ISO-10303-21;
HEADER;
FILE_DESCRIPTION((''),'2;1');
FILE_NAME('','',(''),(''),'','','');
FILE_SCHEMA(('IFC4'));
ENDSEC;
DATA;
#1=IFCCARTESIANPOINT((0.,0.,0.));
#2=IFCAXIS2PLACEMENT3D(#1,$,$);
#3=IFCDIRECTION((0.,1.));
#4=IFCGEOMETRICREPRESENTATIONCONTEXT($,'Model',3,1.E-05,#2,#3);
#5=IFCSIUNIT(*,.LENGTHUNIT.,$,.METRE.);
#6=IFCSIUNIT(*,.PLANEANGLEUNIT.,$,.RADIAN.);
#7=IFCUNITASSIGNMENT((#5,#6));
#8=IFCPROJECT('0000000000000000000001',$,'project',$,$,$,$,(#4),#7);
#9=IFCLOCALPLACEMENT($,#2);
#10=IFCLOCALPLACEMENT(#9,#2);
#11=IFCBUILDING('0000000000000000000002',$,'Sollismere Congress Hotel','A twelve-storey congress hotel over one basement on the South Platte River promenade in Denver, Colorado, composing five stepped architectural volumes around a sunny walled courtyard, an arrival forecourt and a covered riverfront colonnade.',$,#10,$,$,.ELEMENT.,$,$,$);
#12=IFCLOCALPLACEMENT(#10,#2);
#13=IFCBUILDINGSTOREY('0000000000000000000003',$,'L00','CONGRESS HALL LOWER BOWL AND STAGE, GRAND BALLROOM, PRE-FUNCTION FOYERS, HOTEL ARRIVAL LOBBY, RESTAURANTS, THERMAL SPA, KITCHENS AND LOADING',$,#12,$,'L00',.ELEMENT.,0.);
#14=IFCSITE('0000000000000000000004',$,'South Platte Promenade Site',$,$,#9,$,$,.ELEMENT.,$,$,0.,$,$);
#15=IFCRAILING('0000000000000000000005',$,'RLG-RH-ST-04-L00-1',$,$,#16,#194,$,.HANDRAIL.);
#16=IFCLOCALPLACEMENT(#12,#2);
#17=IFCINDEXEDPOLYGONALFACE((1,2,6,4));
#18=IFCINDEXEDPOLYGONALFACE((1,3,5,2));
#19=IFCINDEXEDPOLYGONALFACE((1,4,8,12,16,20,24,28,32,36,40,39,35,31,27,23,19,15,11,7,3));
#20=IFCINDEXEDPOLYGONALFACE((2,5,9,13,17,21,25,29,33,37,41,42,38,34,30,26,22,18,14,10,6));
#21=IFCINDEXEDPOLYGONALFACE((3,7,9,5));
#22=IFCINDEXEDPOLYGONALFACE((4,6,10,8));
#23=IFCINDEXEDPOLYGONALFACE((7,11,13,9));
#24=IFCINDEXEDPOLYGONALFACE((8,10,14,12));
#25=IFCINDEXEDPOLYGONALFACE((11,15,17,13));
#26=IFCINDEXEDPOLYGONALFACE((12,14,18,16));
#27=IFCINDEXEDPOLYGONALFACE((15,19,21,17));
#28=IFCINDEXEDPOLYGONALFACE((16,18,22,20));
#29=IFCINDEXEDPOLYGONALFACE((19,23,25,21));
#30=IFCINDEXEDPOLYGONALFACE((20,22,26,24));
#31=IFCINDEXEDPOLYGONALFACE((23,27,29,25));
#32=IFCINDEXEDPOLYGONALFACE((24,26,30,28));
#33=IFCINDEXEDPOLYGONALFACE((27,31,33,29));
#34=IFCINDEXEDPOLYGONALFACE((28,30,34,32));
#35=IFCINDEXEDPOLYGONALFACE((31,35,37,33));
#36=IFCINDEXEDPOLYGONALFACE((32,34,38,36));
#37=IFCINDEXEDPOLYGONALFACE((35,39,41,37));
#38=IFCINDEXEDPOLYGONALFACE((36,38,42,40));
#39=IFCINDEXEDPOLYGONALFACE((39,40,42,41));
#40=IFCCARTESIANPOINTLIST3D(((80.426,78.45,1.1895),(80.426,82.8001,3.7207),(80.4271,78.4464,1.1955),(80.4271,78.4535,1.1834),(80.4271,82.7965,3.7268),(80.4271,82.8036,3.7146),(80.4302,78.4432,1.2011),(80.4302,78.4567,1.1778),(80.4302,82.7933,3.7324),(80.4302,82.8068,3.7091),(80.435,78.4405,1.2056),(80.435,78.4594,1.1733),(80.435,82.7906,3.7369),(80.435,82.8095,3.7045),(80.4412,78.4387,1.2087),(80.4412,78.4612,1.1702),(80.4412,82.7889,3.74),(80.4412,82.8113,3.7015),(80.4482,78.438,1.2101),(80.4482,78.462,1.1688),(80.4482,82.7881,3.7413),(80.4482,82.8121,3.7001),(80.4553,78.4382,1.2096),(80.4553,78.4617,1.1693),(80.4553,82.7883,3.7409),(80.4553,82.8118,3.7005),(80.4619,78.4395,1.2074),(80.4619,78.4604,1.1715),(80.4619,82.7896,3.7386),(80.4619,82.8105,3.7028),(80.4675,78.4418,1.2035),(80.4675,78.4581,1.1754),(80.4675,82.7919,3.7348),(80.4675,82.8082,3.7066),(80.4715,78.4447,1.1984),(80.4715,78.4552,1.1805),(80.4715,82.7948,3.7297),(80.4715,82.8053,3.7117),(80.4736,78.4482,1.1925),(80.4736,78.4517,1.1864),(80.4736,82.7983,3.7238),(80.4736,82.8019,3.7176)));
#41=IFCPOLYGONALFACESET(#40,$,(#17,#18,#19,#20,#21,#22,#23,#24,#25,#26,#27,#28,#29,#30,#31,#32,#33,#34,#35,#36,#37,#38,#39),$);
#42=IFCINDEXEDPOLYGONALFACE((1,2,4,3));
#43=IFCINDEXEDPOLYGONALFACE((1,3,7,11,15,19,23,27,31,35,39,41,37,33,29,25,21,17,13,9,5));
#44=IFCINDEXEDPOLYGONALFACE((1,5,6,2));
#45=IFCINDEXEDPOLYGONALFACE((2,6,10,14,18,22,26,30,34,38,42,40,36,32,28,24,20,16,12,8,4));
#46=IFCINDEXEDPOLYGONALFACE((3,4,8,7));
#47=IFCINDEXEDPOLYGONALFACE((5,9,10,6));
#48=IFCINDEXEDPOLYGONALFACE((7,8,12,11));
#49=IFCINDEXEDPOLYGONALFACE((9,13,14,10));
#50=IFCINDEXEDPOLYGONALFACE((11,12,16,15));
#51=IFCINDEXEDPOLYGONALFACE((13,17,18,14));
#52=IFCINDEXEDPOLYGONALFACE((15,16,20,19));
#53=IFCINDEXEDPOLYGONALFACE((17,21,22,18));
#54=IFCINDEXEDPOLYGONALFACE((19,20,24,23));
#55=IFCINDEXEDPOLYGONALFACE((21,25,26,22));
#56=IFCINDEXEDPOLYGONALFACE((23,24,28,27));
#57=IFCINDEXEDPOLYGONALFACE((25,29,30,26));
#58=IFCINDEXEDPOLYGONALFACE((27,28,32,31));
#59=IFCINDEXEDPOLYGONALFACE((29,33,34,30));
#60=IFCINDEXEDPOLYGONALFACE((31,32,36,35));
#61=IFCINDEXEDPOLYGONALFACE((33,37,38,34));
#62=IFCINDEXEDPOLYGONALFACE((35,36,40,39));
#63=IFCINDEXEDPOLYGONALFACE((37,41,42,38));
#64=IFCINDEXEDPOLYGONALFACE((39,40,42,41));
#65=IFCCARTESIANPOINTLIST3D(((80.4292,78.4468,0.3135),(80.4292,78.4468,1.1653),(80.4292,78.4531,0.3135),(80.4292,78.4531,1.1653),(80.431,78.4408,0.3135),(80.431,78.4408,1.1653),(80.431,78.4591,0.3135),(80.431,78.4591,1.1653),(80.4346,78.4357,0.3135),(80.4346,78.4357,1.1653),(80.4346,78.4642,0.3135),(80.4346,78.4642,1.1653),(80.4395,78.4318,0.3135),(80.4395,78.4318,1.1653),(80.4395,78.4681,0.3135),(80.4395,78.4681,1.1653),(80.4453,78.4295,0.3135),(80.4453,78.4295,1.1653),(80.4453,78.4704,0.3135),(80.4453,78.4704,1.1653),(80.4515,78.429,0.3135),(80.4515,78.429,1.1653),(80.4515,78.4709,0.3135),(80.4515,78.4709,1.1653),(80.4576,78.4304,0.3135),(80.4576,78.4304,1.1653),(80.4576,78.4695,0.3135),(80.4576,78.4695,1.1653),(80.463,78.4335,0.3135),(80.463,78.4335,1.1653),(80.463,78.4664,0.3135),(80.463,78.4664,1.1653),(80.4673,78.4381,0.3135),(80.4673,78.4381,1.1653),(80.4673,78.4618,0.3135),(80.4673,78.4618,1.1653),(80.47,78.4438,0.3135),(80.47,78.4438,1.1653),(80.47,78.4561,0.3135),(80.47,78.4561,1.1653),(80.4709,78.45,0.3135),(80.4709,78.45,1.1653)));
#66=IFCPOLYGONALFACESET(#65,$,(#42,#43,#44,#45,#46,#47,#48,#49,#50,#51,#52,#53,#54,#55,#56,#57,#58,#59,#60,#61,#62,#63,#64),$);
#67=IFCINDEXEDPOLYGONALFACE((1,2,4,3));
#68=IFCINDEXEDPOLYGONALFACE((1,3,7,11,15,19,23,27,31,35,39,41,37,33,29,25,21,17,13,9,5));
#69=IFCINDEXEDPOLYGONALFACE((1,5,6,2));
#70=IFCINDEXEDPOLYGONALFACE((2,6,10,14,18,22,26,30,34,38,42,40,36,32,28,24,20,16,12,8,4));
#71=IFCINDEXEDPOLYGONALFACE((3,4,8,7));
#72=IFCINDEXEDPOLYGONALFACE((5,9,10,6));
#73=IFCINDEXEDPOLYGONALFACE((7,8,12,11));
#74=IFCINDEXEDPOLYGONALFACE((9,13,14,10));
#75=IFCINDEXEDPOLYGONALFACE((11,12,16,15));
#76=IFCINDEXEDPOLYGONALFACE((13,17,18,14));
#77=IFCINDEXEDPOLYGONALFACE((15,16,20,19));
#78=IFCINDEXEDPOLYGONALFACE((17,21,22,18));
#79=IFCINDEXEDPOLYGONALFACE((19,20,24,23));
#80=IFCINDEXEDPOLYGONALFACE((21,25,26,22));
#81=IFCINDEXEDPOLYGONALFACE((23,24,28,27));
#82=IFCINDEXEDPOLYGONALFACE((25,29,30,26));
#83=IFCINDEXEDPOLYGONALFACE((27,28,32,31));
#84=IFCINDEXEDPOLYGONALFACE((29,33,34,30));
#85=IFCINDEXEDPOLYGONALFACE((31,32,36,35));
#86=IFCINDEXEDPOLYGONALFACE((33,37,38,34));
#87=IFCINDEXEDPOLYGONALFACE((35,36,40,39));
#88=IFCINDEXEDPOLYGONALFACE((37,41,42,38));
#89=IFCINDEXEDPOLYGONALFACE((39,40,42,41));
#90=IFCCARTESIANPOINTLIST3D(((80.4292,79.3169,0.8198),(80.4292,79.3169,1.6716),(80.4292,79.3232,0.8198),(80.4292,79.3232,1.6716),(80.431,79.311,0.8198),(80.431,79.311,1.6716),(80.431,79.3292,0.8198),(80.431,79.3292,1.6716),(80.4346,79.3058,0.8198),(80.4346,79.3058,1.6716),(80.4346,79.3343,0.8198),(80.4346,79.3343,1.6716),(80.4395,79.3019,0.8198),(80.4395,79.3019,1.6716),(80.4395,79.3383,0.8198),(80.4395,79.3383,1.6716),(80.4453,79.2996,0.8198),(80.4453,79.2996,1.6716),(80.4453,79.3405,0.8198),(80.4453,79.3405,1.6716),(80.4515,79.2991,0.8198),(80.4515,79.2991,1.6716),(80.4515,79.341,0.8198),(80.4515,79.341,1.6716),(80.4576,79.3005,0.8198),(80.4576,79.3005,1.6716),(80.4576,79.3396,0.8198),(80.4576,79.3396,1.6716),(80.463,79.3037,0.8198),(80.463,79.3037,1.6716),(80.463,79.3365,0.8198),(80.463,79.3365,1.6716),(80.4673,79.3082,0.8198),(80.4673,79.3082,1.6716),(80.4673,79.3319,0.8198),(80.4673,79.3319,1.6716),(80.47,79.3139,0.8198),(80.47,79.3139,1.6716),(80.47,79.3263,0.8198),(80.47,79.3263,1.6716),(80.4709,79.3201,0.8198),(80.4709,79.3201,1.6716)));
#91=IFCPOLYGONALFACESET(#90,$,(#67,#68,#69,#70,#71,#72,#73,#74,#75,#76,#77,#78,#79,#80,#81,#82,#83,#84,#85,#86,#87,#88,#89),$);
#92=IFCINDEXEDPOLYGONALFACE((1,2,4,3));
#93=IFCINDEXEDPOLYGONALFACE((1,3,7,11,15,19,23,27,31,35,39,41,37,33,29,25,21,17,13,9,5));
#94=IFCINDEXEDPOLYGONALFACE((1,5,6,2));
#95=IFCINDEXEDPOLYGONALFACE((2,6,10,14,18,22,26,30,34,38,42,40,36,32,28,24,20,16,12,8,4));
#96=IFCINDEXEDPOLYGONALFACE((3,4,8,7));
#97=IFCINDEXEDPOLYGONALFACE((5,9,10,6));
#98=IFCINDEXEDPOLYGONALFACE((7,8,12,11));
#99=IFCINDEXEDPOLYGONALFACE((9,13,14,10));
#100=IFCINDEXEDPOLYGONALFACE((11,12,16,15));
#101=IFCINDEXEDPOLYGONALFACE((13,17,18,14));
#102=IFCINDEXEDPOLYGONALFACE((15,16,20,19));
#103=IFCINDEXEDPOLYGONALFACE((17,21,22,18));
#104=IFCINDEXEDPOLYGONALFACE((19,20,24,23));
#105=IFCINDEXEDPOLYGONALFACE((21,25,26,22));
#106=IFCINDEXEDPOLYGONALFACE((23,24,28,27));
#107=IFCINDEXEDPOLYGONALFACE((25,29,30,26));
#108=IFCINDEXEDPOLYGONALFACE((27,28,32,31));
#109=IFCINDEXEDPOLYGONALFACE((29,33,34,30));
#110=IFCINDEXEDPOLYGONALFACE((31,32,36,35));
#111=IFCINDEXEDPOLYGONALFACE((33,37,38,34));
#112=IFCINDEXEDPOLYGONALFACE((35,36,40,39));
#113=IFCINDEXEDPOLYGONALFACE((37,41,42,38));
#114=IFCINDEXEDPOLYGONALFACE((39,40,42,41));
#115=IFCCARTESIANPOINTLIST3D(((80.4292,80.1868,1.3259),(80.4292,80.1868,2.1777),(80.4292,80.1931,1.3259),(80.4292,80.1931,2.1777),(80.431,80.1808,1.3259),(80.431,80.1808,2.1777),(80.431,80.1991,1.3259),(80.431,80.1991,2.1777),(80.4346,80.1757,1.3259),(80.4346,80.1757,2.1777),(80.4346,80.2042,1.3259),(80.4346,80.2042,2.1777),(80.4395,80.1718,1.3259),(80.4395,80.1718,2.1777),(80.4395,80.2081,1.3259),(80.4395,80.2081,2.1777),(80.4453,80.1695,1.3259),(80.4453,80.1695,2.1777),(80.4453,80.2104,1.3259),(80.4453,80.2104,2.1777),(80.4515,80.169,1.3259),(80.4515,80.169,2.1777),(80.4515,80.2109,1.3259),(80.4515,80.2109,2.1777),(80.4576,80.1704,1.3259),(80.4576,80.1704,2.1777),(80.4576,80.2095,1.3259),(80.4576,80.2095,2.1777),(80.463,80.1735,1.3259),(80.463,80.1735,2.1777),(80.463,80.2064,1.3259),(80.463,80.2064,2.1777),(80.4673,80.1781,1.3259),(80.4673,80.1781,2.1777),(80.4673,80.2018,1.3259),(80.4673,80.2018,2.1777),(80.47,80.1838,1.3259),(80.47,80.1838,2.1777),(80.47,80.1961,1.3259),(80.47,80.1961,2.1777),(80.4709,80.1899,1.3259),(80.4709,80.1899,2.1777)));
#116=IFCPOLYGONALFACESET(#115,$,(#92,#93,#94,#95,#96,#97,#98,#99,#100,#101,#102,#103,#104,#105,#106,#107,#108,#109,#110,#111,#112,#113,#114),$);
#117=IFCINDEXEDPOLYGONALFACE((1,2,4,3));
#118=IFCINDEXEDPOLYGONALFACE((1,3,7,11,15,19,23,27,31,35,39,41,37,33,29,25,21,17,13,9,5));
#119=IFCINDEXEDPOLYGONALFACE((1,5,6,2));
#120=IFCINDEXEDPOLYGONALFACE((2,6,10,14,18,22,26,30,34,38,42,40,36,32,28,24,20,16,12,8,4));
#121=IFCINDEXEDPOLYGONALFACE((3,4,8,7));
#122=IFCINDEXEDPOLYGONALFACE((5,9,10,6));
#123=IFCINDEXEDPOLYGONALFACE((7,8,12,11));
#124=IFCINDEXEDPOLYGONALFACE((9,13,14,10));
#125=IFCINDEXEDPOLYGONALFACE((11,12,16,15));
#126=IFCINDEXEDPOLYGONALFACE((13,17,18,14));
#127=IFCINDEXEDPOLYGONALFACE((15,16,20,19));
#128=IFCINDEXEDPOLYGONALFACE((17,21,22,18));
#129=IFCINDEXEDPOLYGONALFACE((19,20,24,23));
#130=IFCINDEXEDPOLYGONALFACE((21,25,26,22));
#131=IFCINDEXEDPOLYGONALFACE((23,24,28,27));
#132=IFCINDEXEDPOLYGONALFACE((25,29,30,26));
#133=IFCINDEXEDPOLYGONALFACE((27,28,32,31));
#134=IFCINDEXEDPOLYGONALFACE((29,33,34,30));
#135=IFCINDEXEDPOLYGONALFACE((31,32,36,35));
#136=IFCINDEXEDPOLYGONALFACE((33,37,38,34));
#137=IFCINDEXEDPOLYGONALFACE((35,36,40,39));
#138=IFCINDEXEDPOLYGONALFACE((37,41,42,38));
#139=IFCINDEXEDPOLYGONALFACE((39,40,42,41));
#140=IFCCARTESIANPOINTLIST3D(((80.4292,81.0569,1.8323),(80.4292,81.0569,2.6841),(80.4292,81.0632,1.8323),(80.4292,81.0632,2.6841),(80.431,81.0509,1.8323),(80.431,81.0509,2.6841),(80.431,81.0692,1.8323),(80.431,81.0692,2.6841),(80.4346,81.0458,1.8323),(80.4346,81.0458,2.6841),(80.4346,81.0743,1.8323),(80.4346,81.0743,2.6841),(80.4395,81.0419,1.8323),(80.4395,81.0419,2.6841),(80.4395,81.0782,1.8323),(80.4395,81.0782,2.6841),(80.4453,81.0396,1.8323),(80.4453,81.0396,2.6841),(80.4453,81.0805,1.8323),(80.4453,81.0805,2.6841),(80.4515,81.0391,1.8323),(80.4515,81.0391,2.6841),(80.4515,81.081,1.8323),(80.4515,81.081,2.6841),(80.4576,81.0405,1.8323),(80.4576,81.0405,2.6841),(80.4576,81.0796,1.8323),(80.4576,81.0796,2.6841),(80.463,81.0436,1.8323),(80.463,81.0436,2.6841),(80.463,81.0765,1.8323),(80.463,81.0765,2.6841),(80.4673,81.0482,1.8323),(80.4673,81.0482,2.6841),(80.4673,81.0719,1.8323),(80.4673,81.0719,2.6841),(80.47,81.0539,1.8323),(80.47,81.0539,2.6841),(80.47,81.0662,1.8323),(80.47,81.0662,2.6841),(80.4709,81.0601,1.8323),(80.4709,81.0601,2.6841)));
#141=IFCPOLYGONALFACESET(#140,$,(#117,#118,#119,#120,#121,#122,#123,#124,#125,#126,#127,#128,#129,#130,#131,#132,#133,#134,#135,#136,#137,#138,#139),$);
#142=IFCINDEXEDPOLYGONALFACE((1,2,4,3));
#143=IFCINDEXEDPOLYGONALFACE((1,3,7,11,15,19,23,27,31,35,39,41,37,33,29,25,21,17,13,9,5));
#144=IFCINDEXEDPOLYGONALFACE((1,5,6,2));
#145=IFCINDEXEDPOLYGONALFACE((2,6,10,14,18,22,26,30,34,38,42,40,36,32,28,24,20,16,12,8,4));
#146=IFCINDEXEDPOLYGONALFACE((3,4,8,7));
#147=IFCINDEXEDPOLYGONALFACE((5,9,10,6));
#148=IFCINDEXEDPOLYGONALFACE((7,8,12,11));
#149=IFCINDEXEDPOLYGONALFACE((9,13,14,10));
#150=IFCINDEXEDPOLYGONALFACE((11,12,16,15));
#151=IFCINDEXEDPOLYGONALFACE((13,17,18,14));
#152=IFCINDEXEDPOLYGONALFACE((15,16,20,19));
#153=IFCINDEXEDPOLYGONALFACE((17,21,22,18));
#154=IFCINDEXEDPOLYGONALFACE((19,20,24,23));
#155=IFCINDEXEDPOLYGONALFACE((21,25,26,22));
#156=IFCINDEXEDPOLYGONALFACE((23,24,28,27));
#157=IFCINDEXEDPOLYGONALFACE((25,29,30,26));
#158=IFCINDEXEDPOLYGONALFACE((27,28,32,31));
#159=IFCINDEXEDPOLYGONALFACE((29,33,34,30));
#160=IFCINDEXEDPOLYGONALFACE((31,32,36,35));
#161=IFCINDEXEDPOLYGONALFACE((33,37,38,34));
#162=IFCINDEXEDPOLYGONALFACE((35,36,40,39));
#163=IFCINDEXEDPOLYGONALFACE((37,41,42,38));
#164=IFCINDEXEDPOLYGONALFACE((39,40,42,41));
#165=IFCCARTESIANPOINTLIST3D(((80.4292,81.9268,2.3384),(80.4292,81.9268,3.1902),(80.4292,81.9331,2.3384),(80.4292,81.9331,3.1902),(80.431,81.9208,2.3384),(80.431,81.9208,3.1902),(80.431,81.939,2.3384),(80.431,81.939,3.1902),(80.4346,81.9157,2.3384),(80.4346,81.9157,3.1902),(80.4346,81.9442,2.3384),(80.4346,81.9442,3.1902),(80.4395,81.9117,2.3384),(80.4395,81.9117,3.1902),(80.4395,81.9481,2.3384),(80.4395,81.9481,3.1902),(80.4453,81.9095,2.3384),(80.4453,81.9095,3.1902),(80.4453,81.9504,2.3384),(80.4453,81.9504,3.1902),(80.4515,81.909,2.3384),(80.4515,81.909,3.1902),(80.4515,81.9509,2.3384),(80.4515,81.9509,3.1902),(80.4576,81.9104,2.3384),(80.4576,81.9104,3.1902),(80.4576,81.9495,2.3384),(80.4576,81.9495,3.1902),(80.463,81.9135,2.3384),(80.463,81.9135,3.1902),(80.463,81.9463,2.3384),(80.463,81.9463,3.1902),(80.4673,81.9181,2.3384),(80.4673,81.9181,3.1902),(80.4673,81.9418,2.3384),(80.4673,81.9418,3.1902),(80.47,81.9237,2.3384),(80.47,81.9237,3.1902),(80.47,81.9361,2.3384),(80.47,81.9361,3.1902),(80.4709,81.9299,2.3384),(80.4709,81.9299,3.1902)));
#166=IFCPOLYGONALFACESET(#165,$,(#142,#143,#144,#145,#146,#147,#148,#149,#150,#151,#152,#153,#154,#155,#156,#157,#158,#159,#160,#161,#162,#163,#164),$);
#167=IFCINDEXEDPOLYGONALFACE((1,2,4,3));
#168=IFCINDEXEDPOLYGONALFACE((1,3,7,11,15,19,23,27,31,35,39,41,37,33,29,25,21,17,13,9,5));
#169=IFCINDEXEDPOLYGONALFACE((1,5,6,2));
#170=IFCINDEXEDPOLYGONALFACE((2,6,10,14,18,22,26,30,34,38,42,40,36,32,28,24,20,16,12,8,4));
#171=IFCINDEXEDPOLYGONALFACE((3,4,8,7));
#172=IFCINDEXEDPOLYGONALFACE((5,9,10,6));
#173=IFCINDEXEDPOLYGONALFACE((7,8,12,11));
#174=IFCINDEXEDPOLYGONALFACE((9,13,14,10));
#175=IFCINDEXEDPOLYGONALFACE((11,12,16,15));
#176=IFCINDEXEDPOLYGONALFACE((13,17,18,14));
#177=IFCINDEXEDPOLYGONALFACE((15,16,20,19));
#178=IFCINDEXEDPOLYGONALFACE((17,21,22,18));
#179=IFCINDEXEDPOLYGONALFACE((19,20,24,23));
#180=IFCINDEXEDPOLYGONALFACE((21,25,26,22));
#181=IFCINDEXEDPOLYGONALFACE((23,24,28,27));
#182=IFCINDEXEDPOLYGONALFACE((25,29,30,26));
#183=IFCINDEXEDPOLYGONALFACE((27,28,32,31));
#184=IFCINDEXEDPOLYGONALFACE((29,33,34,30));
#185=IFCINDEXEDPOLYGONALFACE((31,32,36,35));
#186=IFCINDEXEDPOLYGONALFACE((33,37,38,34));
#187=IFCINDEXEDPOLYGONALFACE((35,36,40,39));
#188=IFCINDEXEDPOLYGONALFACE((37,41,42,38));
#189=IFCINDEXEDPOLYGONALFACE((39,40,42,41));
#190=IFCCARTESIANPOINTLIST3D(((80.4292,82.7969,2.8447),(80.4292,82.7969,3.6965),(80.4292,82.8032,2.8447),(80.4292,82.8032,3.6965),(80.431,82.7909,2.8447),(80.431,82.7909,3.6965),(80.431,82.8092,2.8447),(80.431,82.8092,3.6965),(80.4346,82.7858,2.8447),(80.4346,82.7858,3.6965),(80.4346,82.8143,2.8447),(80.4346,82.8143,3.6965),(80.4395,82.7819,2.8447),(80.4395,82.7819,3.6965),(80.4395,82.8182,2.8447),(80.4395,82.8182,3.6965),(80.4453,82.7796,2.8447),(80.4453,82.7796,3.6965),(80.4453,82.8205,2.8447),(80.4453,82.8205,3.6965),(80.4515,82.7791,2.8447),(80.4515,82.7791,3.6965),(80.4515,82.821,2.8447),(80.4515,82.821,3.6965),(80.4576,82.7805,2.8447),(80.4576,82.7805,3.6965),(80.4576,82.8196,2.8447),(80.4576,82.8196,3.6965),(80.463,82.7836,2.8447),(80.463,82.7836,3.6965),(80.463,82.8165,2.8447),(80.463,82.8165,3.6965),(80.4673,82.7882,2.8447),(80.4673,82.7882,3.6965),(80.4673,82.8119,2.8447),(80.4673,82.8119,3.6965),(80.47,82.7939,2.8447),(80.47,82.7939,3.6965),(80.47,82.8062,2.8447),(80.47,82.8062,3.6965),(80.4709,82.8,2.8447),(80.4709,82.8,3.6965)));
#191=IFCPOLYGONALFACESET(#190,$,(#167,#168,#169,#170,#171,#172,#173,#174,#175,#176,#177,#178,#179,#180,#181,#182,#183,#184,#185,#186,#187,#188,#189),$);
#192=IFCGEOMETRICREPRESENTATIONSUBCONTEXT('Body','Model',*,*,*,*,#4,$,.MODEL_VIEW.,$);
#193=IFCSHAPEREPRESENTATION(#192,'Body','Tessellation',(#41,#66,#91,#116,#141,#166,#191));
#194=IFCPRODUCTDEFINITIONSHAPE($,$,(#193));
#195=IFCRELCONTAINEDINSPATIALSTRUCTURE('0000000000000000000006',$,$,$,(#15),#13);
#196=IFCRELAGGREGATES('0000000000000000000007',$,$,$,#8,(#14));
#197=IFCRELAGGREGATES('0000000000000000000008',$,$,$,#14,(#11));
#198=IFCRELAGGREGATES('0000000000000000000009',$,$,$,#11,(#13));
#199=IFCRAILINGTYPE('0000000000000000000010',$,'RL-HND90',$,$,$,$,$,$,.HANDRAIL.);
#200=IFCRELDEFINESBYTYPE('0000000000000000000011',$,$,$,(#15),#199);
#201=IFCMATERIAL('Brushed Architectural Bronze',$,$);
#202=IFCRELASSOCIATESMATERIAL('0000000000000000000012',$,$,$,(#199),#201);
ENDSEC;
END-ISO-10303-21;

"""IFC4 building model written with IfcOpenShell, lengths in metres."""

from ifc_helpers import new_model, si_unit, direction, frame, origin, origin_2d, place, context, subcontext, project, spatial, circle, extrude, material, type_object, element, save


model = new_model("IFC4")

# Units and contexts
model_context = context("Model", 3, precision=1e-05, world=origin(), true_north=direction((0.0, 1.0)))
body_context = subcontext(model_context, "Body", "Model", "MODEL_VIEW")
ifc_project = project(units=[si_unit("LENGTHUNIT", "METRE"), si_unit("PLANEANGLEUNIT", "RADIAN")], contexts=[model_context])

# Site, building, storey
site_placement = place(None, origin())
site = spatial("IfcSite", under=ifc_project, at=site_placement, Name="South Platte Promenade Site", CompositionType="ELEMENT", RefElevation=0.0)
building_placement = place(site_placement, origin())
building = spatial("IfcBuilding", under=site, at=building_placement, Name="Sollismere Congress Hotel", Description="A twelve-storey congress hotel over one basement on the South Platte River promenade in Denver, Colorado, composing five stepped architectural volumes around a sunny walled courtyard, an arrival forecourt and a covered riverfront colonnade.", CompositionType="ELEMENT")
storey_placement = place(building_placement, origin())
storey = spatial("IfcBuildingStorey", under=building, at=storey_placement, Name="L00", Description="CONGRESS HALL LOWER BOWL AND STAGE, GRAND BALLROOM, PRE-FUNCTION FOYERS, HOTEL ARRIVAL LOBBY, RESTAURANTS, THERMAL SPA, KITCHENS AND LOADING", LongName="L00", CompositionType="ELEMENT", Elevation=0.0)

# Railing
ifc_material_1 = material(Name="Brushed Architectural Bronze")
railing_type_1 = type_object("IfcRailingType", Name="RL-HND90", PredefinedType="HANDRAIL", material=ifc_material_1)
railing_1_placement = place(storey_placement, frame((80.45, 78.45, 0.3135)))
element("IfcRailing", 1, at=railing_1_placement, inside=storey, type_object=railing_type_1, Name="RLG-RH-ST-04-L00-1", PredefinedType="HANDRAIL", context=body_context, shape_type="SweptSolid", body=[
    extrude(circle(Radius=0.0239, at=origin_2d()), frame((0.0, 0.0, 0.876), z_axis=(0.0, 0.864324, 0.502936), x_axis=(-1.0, 0.0, 0.0)), (0.0, 0.0, 1.0), 5.033),
    extrude(circle(Radius=0.021, at=origin_2d()), origin(), (0.0, 0.0, 1.0), 0.8518),
    extrude(circle(Radius=0.021, at=origin_2d()), frame((0.0, 0.8701, 0.5063)), (0.0, 0.0, 1.0), 0.8518),
    extrude(circle(Radius=0.021, at=origin_2d()), frame((0.0, 1.74, 1.0125)), (0.0, 0.0, 1.0), 0.8518),
    extrude(circle(Radius=0.021, at=origin_2d()), frame((0.0, 2.6101, 1.5188)), (0.0, 0.0, 1.0), 0.8518),
    extrude(circle(Radius=0.021, at=origin_2d()), frame((0.0, 3.48, 2.0249)), (0.0, 0.0, 1.0), 0.8518),
    extrude(circle(Radius=0.021, at=origin_2d()), frame((0.0, 4.3501, 2.5312)), (0.0, 0.0, 1.0), 0.8518),
])

save(model, "model.ifc")
